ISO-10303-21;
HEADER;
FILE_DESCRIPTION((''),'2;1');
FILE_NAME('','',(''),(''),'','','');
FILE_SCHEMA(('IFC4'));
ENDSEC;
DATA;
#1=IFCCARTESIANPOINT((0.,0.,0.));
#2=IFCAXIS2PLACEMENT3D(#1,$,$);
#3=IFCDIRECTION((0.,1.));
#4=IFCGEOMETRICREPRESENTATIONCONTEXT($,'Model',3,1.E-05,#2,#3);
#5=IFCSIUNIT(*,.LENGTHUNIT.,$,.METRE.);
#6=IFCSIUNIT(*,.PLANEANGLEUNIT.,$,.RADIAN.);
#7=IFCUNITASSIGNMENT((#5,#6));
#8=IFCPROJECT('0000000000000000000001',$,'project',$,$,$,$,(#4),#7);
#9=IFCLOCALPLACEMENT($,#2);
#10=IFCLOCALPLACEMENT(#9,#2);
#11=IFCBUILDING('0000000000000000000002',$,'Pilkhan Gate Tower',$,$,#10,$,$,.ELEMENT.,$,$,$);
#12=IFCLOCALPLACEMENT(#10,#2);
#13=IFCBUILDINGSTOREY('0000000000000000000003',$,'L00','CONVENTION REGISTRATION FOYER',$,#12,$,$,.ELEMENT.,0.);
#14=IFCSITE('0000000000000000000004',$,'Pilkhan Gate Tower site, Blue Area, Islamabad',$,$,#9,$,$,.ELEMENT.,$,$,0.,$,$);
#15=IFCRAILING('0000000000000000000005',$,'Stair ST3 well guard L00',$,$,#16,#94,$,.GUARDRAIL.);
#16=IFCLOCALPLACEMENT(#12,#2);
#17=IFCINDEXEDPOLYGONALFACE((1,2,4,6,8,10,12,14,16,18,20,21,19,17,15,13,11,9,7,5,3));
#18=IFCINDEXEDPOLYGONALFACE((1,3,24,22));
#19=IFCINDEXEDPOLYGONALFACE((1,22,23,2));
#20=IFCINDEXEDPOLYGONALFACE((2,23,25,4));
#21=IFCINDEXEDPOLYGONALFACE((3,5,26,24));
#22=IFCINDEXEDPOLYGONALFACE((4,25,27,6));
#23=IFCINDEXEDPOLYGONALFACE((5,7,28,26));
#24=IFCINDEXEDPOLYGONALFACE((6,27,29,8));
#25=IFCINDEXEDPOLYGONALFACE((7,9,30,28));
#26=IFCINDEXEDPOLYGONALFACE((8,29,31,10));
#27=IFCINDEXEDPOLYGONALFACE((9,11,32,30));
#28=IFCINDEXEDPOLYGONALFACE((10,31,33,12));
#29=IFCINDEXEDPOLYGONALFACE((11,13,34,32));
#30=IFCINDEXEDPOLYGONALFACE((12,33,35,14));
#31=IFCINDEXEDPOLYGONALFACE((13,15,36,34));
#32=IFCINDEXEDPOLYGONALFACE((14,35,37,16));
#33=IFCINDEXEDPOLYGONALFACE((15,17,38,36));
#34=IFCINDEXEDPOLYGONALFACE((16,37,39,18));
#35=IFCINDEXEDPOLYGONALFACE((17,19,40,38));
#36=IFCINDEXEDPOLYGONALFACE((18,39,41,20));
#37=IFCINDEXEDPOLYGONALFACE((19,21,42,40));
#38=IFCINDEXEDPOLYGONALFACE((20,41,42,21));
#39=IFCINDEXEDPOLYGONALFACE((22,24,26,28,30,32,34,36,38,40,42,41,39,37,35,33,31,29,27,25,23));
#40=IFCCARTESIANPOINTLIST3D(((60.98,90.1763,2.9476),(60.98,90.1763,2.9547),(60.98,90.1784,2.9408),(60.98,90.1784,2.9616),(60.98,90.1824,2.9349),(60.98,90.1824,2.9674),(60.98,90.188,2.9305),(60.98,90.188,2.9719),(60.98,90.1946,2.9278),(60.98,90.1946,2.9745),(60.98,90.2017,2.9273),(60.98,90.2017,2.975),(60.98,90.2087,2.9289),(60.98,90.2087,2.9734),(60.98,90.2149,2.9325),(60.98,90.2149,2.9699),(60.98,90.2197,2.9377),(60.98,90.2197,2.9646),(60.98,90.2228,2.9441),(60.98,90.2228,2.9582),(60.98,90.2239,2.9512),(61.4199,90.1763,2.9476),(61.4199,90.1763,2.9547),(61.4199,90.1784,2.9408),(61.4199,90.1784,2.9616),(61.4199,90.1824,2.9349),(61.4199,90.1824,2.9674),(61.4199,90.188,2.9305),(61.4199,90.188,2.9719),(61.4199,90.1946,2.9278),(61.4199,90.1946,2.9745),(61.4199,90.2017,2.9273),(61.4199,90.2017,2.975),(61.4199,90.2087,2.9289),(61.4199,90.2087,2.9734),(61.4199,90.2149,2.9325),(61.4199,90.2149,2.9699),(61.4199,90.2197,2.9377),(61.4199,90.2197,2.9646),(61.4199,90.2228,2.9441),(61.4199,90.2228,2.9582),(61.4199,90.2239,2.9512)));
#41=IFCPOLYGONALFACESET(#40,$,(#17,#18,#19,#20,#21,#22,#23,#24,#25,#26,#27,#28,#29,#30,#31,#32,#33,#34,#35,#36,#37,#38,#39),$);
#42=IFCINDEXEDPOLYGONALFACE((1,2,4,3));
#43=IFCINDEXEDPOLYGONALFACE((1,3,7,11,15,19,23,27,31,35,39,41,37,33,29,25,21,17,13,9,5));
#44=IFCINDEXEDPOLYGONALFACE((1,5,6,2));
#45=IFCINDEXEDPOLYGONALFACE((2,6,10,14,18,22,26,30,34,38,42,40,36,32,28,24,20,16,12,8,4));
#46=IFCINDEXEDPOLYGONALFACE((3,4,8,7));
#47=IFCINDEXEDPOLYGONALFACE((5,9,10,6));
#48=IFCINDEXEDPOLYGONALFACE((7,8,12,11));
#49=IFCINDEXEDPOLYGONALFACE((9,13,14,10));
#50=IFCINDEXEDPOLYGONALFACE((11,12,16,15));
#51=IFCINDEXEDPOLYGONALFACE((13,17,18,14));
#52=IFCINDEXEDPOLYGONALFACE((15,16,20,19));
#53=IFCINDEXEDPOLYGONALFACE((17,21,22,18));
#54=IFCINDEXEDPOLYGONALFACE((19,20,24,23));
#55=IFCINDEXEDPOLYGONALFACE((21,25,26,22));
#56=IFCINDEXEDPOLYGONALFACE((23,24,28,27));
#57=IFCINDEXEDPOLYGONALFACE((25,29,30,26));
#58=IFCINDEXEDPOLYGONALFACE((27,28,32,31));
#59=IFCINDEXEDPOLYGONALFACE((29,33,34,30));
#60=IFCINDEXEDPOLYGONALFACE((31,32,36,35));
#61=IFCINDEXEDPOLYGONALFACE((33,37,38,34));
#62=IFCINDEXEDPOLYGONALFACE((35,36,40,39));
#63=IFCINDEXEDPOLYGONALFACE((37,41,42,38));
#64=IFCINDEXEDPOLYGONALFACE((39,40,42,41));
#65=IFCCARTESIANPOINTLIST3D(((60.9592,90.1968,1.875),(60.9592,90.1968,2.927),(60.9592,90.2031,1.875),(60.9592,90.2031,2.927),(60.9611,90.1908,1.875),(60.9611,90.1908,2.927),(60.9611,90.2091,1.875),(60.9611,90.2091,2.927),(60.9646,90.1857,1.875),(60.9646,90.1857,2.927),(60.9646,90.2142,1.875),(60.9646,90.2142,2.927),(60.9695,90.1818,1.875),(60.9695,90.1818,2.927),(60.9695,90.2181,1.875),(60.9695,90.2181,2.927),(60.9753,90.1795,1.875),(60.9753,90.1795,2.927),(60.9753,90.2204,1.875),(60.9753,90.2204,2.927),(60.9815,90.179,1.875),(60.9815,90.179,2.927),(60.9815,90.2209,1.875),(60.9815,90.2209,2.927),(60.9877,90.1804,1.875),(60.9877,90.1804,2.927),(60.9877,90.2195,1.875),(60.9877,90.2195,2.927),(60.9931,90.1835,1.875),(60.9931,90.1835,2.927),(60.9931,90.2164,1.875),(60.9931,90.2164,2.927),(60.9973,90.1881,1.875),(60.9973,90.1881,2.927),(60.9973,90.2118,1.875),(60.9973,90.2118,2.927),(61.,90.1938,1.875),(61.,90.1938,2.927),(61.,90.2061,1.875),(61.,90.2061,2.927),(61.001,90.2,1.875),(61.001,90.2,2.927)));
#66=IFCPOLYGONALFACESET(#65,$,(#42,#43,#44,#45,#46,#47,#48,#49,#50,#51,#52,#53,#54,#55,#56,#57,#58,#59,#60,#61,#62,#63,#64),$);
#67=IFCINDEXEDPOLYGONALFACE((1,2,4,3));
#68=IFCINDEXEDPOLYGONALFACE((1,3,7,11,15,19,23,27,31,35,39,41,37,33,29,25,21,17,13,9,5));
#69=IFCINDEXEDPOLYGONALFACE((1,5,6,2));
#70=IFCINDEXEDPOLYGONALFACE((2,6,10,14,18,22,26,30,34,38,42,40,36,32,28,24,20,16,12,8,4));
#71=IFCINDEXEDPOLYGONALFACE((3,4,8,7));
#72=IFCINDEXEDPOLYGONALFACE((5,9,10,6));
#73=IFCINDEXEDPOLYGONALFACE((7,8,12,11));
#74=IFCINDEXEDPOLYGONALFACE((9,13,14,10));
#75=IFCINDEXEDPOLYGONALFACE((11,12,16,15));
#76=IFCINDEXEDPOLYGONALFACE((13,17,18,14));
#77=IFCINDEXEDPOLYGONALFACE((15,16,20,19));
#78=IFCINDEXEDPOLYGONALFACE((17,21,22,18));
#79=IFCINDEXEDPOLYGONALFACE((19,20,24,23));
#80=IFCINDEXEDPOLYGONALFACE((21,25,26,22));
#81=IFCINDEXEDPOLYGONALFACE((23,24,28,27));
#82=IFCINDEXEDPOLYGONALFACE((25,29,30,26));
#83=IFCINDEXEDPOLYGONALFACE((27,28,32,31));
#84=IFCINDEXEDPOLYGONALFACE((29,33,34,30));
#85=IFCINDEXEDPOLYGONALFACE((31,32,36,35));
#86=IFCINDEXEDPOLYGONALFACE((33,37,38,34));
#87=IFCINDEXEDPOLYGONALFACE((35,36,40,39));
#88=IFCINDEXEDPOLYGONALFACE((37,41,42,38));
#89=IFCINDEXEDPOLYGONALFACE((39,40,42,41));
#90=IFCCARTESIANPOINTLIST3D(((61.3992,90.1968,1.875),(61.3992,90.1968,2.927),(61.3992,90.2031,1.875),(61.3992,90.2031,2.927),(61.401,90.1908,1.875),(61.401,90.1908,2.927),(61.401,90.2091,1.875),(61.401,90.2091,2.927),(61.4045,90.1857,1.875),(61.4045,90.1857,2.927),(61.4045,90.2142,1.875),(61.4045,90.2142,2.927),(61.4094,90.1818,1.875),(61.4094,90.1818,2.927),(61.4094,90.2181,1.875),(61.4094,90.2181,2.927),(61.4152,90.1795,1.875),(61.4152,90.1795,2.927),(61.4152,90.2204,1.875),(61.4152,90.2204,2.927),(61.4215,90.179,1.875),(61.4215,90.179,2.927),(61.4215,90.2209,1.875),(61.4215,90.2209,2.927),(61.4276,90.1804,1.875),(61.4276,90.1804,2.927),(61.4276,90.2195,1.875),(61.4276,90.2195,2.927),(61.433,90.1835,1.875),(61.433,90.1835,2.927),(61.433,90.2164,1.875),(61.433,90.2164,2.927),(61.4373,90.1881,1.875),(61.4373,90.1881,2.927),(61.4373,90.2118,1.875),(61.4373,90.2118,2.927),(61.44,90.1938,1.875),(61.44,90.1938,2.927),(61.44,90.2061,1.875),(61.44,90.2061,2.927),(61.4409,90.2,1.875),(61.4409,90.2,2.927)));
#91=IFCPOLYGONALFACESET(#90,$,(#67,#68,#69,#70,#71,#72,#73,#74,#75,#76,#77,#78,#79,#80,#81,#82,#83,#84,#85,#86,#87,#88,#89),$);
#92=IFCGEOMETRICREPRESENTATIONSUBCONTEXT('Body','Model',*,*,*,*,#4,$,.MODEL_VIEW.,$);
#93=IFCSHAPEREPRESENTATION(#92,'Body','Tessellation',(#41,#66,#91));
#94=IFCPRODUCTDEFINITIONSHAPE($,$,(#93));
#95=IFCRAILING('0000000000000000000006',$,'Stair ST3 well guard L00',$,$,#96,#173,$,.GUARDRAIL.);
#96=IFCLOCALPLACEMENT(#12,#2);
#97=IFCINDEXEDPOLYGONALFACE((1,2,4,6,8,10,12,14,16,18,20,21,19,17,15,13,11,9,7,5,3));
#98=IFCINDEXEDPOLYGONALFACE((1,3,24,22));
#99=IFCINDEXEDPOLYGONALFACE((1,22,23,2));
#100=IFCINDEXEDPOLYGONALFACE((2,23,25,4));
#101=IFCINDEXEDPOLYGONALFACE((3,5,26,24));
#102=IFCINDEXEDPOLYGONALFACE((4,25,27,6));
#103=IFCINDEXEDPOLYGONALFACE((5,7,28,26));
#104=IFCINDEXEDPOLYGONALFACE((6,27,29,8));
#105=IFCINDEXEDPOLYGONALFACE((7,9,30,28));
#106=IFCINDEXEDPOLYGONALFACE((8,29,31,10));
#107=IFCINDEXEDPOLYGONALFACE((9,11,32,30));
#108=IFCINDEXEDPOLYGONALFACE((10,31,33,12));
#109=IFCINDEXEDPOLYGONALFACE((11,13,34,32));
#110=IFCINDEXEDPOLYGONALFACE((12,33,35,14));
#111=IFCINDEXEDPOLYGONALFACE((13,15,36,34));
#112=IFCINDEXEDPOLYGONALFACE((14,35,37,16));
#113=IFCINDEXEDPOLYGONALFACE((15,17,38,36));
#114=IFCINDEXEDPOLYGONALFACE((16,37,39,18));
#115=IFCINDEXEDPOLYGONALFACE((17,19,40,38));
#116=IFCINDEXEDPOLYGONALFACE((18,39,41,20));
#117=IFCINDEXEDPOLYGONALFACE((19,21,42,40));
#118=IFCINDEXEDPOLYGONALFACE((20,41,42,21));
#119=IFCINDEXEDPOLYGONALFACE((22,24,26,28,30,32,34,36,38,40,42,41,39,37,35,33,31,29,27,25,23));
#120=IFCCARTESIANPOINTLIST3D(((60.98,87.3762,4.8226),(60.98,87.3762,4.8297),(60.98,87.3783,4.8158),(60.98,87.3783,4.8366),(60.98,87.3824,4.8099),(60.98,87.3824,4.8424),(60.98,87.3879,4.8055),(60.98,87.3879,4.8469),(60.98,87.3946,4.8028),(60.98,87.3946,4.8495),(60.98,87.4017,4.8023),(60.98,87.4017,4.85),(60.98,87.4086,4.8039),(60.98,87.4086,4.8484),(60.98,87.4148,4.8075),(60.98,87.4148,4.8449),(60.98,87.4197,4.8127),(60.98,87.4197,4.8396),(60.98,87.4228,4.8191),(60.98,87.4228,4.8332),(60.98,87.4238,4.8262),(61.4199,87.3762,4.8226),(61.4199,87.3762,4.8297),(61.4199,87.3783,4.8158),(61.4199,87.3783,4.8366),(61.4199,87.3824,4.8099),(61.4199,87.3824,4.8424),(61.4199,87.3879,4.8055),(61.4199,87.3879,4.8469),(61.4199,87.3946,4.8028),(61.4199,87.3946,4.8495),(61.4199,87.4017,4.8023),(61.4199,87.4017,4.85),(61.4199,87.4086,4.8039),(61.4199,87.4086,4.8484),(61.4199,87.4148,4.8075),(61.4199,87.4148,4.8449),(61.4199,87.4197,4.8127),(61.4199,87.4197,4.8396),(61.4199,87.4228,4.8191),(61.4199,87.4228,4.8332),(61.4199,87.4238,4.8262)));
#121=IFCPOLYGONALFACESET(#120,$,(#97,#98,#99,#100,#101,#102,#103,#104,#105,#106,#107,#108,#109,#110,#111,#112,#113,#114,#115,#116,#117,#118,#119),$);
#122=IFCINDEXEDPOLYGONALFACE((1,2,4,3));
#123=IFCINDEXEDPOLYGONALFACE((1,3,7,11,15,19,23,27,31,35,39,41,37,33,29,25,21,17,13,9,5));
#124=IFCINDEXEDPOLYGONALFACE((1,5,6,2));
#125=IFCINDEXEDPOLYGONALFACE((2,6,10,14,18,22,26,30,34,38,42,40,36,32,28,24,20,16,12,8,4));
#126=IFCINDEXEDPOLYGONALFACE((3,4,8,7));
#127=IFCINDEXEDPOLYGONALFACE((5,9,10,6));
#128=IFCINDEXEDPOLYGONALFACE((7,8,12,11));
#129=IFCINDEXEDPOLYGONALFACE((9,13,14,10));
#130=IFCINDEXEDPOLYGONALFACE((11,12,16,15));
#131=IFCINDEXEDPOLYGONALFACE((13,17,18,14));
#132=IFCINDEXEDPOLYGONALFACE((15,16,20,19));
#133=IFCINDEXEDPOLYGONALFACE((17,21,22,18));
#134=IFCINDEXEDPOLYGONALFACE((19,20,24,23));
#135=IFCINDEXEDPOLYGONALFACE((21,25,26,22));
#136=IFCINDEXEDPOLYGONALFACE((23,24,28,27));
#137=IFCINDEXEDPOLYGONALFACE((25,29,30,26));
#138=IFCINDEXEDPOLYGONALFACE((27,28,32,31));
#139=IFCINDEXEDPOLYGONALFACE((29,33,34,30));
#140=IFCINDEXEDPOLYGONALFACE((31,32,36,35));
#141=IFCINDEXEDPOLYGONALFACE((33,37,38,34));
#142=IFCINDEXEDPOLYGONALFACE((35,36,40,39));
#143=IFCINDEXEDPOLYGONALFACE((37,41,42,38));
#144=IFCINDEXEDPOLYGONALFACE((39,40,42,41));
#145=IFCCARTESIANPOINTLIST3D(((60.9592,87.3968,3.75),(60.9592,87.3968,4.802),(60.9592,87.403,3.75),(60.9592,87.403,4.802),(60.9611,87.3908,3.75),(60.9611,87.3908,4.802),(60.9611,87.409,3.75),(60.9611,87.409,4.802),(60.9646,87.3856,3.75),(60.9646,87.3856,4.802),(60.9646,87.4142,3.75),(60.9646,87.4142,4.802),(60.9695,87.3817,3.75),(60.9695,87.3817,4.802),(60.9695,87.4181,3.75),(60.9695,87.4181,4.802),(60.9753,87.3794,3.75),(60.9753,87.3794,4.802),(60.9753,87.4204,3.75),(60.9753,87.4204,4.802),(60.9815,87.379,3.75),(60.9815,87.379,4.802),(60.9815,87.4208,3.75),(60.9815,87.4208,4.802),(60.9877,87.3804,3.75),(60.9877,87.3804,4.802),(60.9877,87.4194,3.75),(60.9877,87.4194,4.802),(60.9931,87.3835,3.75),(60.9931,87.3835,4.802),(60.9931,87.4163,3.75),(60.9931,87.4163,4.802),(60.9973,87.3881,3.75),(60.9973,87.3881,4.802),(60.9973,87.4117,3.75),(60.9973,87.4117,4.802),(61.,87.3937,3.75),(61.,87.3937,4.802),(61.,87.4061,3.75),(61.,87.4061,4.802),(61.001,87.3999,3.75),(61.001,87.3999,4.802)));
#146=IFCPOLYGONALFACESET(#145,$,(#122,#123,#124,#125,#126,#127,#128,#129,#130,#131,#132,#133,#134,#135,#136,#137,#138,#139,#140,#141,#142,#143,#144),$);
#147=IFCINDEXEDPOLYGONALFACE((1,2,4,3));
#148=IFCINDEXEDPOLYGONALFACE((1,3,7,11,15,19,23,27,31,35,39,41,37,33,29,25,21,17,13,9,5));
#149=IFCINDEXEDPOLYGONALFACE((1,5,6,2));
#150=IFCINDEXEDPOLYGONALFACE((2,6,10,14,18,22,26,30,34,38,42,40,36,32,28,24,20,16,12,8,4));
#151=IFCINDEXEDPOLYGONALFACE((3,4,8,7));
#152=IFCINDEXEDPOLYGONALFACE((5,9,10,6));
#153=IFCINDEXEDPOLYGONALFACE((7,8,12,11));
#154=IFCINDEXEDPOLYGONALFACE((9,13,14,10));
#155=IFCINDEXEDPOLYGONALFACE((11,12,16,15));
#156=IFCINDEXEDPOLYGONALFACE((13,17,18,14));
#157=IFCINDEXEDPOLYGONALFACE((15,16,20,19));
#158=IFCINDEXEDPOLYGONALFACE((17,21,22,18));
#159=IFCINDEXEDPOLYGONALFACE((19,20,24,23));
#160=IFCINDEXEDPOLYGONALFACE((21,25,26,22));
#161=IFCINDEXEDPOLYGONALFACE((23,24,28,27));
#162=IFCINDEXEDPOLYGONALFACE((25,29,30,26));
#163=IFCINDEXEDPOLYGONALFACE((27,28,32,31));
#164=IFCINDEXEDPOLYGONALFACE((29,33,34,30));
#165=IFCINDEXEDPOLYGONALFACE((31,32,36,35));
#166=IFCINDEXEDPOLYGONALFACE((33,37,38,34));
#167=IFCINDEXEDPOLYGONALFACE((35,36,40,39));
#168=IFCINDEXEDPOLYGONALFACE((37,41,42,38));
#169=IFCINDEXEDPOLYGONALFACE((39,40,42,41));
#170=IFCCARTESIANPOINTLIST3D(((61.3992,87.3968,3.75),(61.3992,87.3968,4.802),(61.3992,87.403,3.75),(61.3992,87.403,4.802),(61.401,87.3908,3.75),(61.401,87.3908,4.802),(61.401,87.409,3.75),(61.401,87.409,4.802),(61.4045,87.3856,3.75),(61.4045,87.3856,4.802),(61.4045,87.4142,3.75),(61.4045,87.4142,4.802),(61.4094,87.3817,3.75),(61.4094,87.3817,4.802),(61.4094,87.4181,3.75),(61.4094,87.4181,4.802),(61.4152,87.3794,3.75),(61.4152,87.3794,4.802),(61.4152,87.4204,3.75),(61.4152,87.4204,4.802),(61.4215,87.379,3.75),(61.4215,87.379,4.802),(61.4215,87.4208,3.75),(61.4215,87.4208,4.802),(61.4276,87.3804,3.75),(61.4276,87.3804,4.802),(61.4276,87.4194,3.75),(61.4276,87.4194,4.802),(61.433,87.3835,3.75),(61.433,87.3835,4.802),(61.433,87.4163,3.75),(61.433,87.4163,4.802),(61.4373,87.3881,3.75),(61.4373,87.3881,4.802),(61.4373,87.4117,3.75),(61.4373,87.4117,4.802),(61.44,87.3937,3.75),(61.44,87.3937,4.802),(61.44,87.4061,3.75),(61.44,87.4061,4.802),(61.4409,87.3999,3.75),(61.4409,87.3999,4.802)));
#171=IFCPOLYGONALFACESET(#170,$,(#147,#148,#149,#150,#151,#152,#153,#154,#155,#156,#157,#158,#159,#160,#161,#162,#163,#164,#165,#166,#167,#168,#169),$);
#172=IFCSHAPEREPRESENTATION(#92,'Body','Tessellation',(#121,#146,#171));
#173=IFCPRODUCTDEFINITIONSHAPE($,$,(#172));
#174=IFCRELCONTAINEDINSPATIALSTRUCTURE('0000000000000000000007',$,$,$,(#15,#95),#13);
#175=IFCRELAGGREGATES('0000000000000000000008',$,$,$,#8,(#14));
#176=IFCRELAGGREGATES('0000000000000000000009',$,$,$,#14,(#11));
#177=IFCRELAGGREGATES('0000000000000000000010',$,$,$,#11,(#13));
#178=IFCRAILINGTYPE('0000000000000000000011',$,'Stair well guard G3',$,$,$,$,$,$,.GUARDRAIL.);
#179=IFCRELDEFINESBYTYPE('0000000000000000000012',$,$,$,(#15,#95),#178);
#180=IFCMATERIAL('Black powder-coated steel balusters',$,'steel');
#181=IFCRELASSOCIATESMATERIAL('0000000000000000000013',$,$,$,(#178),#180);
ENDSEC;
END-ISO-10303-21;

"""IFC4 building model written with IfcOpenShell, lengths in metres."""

from ifc_helpers import new_model, si_unit, direction, frame, origin, origin_2d, place, context, subcontext, project, spatial, circle, extrude, material, type_object, element, save


model = new_model("IFC4")

# Units and contexts
model_context = context("Model", 3, precision=1e-05, world=origin(), true_north=direction((0.0, 1.0)))
body_context = subcontext(model_context, "Body", "Model", "MODEL_VIEW")
ifc_project = project(units=[si_unit("LENGTHUNIT", "METRE"), si_unit("PLANEANGLEUNIT", "RADIAN")], contexts=[model_context])

# Site, building, storey
site_placement = place(None, origin())
site = spatial("IfcSite", under=ifc_project, at=site_placement, Name="Pilkhan Gate Tower site, Blue Area, Islamabad", CompositionType="ELEMENT", RefElevation=0.0)
building_placement = place(site_placement, origin())
building = spatial("IfcBuilding", under=site, at=building_placement, Name="Pilkhan Gate Tower", CompositionType="ELEMENT")
storey_placement = place(building_placement, origin())
storey = spatial("IfcBuildingStorey", under=building, at=storey_placement, Name="L00", Description="CONVENTION REGISTRATION FOYER", CompositionType="ELEMENT", Elevation=0.0)

# Railings
ifc_material_1 = material(Name="Black powder-coated steel balusters", Category="steel")
railing_type_1 = type_object("IfcRailingType", Name="Stair well guard G3", PredefinedType="GUARDRAIL", material=ifc_material_1)
for number, where, name in (
    (1, (60.98, 90.2, 1.875), "Stair ST3 well guard L00"),
    (2, (60.98, 87.3999, 3.75), "Stair ST3 well guard L00"),
):
    element("IfcRailing", number, at=place(storey_placement, frame(where)), inside=storey, type_object=railing_type_1, Name=name, PredefinedType="GUARDRAIL", context=body_context, shape_type="SweptSolid", body=[
        extrude(circle(Radius=0.0239, at=origin_2d()), frame((0.0, 0.0, 1.0762), z_axis=(1.0, 0.0, 0.0), x_axis=(0.0, 1.0, 0.0)), (0.0, 0.0, 1.0), 0.4399),
        extrude(circle(Radius=0.021, at=origin_2d()), origin(), (0.0, 0.0, 1.0), 1.052),
        extrude(circle(Radius=0.021, at=origin_2d()), frame((0.4399, 0.0, 0.0)), (0.0, 0.0, 1.0), 1.052),
    ])

save(model, "model.ifc")
